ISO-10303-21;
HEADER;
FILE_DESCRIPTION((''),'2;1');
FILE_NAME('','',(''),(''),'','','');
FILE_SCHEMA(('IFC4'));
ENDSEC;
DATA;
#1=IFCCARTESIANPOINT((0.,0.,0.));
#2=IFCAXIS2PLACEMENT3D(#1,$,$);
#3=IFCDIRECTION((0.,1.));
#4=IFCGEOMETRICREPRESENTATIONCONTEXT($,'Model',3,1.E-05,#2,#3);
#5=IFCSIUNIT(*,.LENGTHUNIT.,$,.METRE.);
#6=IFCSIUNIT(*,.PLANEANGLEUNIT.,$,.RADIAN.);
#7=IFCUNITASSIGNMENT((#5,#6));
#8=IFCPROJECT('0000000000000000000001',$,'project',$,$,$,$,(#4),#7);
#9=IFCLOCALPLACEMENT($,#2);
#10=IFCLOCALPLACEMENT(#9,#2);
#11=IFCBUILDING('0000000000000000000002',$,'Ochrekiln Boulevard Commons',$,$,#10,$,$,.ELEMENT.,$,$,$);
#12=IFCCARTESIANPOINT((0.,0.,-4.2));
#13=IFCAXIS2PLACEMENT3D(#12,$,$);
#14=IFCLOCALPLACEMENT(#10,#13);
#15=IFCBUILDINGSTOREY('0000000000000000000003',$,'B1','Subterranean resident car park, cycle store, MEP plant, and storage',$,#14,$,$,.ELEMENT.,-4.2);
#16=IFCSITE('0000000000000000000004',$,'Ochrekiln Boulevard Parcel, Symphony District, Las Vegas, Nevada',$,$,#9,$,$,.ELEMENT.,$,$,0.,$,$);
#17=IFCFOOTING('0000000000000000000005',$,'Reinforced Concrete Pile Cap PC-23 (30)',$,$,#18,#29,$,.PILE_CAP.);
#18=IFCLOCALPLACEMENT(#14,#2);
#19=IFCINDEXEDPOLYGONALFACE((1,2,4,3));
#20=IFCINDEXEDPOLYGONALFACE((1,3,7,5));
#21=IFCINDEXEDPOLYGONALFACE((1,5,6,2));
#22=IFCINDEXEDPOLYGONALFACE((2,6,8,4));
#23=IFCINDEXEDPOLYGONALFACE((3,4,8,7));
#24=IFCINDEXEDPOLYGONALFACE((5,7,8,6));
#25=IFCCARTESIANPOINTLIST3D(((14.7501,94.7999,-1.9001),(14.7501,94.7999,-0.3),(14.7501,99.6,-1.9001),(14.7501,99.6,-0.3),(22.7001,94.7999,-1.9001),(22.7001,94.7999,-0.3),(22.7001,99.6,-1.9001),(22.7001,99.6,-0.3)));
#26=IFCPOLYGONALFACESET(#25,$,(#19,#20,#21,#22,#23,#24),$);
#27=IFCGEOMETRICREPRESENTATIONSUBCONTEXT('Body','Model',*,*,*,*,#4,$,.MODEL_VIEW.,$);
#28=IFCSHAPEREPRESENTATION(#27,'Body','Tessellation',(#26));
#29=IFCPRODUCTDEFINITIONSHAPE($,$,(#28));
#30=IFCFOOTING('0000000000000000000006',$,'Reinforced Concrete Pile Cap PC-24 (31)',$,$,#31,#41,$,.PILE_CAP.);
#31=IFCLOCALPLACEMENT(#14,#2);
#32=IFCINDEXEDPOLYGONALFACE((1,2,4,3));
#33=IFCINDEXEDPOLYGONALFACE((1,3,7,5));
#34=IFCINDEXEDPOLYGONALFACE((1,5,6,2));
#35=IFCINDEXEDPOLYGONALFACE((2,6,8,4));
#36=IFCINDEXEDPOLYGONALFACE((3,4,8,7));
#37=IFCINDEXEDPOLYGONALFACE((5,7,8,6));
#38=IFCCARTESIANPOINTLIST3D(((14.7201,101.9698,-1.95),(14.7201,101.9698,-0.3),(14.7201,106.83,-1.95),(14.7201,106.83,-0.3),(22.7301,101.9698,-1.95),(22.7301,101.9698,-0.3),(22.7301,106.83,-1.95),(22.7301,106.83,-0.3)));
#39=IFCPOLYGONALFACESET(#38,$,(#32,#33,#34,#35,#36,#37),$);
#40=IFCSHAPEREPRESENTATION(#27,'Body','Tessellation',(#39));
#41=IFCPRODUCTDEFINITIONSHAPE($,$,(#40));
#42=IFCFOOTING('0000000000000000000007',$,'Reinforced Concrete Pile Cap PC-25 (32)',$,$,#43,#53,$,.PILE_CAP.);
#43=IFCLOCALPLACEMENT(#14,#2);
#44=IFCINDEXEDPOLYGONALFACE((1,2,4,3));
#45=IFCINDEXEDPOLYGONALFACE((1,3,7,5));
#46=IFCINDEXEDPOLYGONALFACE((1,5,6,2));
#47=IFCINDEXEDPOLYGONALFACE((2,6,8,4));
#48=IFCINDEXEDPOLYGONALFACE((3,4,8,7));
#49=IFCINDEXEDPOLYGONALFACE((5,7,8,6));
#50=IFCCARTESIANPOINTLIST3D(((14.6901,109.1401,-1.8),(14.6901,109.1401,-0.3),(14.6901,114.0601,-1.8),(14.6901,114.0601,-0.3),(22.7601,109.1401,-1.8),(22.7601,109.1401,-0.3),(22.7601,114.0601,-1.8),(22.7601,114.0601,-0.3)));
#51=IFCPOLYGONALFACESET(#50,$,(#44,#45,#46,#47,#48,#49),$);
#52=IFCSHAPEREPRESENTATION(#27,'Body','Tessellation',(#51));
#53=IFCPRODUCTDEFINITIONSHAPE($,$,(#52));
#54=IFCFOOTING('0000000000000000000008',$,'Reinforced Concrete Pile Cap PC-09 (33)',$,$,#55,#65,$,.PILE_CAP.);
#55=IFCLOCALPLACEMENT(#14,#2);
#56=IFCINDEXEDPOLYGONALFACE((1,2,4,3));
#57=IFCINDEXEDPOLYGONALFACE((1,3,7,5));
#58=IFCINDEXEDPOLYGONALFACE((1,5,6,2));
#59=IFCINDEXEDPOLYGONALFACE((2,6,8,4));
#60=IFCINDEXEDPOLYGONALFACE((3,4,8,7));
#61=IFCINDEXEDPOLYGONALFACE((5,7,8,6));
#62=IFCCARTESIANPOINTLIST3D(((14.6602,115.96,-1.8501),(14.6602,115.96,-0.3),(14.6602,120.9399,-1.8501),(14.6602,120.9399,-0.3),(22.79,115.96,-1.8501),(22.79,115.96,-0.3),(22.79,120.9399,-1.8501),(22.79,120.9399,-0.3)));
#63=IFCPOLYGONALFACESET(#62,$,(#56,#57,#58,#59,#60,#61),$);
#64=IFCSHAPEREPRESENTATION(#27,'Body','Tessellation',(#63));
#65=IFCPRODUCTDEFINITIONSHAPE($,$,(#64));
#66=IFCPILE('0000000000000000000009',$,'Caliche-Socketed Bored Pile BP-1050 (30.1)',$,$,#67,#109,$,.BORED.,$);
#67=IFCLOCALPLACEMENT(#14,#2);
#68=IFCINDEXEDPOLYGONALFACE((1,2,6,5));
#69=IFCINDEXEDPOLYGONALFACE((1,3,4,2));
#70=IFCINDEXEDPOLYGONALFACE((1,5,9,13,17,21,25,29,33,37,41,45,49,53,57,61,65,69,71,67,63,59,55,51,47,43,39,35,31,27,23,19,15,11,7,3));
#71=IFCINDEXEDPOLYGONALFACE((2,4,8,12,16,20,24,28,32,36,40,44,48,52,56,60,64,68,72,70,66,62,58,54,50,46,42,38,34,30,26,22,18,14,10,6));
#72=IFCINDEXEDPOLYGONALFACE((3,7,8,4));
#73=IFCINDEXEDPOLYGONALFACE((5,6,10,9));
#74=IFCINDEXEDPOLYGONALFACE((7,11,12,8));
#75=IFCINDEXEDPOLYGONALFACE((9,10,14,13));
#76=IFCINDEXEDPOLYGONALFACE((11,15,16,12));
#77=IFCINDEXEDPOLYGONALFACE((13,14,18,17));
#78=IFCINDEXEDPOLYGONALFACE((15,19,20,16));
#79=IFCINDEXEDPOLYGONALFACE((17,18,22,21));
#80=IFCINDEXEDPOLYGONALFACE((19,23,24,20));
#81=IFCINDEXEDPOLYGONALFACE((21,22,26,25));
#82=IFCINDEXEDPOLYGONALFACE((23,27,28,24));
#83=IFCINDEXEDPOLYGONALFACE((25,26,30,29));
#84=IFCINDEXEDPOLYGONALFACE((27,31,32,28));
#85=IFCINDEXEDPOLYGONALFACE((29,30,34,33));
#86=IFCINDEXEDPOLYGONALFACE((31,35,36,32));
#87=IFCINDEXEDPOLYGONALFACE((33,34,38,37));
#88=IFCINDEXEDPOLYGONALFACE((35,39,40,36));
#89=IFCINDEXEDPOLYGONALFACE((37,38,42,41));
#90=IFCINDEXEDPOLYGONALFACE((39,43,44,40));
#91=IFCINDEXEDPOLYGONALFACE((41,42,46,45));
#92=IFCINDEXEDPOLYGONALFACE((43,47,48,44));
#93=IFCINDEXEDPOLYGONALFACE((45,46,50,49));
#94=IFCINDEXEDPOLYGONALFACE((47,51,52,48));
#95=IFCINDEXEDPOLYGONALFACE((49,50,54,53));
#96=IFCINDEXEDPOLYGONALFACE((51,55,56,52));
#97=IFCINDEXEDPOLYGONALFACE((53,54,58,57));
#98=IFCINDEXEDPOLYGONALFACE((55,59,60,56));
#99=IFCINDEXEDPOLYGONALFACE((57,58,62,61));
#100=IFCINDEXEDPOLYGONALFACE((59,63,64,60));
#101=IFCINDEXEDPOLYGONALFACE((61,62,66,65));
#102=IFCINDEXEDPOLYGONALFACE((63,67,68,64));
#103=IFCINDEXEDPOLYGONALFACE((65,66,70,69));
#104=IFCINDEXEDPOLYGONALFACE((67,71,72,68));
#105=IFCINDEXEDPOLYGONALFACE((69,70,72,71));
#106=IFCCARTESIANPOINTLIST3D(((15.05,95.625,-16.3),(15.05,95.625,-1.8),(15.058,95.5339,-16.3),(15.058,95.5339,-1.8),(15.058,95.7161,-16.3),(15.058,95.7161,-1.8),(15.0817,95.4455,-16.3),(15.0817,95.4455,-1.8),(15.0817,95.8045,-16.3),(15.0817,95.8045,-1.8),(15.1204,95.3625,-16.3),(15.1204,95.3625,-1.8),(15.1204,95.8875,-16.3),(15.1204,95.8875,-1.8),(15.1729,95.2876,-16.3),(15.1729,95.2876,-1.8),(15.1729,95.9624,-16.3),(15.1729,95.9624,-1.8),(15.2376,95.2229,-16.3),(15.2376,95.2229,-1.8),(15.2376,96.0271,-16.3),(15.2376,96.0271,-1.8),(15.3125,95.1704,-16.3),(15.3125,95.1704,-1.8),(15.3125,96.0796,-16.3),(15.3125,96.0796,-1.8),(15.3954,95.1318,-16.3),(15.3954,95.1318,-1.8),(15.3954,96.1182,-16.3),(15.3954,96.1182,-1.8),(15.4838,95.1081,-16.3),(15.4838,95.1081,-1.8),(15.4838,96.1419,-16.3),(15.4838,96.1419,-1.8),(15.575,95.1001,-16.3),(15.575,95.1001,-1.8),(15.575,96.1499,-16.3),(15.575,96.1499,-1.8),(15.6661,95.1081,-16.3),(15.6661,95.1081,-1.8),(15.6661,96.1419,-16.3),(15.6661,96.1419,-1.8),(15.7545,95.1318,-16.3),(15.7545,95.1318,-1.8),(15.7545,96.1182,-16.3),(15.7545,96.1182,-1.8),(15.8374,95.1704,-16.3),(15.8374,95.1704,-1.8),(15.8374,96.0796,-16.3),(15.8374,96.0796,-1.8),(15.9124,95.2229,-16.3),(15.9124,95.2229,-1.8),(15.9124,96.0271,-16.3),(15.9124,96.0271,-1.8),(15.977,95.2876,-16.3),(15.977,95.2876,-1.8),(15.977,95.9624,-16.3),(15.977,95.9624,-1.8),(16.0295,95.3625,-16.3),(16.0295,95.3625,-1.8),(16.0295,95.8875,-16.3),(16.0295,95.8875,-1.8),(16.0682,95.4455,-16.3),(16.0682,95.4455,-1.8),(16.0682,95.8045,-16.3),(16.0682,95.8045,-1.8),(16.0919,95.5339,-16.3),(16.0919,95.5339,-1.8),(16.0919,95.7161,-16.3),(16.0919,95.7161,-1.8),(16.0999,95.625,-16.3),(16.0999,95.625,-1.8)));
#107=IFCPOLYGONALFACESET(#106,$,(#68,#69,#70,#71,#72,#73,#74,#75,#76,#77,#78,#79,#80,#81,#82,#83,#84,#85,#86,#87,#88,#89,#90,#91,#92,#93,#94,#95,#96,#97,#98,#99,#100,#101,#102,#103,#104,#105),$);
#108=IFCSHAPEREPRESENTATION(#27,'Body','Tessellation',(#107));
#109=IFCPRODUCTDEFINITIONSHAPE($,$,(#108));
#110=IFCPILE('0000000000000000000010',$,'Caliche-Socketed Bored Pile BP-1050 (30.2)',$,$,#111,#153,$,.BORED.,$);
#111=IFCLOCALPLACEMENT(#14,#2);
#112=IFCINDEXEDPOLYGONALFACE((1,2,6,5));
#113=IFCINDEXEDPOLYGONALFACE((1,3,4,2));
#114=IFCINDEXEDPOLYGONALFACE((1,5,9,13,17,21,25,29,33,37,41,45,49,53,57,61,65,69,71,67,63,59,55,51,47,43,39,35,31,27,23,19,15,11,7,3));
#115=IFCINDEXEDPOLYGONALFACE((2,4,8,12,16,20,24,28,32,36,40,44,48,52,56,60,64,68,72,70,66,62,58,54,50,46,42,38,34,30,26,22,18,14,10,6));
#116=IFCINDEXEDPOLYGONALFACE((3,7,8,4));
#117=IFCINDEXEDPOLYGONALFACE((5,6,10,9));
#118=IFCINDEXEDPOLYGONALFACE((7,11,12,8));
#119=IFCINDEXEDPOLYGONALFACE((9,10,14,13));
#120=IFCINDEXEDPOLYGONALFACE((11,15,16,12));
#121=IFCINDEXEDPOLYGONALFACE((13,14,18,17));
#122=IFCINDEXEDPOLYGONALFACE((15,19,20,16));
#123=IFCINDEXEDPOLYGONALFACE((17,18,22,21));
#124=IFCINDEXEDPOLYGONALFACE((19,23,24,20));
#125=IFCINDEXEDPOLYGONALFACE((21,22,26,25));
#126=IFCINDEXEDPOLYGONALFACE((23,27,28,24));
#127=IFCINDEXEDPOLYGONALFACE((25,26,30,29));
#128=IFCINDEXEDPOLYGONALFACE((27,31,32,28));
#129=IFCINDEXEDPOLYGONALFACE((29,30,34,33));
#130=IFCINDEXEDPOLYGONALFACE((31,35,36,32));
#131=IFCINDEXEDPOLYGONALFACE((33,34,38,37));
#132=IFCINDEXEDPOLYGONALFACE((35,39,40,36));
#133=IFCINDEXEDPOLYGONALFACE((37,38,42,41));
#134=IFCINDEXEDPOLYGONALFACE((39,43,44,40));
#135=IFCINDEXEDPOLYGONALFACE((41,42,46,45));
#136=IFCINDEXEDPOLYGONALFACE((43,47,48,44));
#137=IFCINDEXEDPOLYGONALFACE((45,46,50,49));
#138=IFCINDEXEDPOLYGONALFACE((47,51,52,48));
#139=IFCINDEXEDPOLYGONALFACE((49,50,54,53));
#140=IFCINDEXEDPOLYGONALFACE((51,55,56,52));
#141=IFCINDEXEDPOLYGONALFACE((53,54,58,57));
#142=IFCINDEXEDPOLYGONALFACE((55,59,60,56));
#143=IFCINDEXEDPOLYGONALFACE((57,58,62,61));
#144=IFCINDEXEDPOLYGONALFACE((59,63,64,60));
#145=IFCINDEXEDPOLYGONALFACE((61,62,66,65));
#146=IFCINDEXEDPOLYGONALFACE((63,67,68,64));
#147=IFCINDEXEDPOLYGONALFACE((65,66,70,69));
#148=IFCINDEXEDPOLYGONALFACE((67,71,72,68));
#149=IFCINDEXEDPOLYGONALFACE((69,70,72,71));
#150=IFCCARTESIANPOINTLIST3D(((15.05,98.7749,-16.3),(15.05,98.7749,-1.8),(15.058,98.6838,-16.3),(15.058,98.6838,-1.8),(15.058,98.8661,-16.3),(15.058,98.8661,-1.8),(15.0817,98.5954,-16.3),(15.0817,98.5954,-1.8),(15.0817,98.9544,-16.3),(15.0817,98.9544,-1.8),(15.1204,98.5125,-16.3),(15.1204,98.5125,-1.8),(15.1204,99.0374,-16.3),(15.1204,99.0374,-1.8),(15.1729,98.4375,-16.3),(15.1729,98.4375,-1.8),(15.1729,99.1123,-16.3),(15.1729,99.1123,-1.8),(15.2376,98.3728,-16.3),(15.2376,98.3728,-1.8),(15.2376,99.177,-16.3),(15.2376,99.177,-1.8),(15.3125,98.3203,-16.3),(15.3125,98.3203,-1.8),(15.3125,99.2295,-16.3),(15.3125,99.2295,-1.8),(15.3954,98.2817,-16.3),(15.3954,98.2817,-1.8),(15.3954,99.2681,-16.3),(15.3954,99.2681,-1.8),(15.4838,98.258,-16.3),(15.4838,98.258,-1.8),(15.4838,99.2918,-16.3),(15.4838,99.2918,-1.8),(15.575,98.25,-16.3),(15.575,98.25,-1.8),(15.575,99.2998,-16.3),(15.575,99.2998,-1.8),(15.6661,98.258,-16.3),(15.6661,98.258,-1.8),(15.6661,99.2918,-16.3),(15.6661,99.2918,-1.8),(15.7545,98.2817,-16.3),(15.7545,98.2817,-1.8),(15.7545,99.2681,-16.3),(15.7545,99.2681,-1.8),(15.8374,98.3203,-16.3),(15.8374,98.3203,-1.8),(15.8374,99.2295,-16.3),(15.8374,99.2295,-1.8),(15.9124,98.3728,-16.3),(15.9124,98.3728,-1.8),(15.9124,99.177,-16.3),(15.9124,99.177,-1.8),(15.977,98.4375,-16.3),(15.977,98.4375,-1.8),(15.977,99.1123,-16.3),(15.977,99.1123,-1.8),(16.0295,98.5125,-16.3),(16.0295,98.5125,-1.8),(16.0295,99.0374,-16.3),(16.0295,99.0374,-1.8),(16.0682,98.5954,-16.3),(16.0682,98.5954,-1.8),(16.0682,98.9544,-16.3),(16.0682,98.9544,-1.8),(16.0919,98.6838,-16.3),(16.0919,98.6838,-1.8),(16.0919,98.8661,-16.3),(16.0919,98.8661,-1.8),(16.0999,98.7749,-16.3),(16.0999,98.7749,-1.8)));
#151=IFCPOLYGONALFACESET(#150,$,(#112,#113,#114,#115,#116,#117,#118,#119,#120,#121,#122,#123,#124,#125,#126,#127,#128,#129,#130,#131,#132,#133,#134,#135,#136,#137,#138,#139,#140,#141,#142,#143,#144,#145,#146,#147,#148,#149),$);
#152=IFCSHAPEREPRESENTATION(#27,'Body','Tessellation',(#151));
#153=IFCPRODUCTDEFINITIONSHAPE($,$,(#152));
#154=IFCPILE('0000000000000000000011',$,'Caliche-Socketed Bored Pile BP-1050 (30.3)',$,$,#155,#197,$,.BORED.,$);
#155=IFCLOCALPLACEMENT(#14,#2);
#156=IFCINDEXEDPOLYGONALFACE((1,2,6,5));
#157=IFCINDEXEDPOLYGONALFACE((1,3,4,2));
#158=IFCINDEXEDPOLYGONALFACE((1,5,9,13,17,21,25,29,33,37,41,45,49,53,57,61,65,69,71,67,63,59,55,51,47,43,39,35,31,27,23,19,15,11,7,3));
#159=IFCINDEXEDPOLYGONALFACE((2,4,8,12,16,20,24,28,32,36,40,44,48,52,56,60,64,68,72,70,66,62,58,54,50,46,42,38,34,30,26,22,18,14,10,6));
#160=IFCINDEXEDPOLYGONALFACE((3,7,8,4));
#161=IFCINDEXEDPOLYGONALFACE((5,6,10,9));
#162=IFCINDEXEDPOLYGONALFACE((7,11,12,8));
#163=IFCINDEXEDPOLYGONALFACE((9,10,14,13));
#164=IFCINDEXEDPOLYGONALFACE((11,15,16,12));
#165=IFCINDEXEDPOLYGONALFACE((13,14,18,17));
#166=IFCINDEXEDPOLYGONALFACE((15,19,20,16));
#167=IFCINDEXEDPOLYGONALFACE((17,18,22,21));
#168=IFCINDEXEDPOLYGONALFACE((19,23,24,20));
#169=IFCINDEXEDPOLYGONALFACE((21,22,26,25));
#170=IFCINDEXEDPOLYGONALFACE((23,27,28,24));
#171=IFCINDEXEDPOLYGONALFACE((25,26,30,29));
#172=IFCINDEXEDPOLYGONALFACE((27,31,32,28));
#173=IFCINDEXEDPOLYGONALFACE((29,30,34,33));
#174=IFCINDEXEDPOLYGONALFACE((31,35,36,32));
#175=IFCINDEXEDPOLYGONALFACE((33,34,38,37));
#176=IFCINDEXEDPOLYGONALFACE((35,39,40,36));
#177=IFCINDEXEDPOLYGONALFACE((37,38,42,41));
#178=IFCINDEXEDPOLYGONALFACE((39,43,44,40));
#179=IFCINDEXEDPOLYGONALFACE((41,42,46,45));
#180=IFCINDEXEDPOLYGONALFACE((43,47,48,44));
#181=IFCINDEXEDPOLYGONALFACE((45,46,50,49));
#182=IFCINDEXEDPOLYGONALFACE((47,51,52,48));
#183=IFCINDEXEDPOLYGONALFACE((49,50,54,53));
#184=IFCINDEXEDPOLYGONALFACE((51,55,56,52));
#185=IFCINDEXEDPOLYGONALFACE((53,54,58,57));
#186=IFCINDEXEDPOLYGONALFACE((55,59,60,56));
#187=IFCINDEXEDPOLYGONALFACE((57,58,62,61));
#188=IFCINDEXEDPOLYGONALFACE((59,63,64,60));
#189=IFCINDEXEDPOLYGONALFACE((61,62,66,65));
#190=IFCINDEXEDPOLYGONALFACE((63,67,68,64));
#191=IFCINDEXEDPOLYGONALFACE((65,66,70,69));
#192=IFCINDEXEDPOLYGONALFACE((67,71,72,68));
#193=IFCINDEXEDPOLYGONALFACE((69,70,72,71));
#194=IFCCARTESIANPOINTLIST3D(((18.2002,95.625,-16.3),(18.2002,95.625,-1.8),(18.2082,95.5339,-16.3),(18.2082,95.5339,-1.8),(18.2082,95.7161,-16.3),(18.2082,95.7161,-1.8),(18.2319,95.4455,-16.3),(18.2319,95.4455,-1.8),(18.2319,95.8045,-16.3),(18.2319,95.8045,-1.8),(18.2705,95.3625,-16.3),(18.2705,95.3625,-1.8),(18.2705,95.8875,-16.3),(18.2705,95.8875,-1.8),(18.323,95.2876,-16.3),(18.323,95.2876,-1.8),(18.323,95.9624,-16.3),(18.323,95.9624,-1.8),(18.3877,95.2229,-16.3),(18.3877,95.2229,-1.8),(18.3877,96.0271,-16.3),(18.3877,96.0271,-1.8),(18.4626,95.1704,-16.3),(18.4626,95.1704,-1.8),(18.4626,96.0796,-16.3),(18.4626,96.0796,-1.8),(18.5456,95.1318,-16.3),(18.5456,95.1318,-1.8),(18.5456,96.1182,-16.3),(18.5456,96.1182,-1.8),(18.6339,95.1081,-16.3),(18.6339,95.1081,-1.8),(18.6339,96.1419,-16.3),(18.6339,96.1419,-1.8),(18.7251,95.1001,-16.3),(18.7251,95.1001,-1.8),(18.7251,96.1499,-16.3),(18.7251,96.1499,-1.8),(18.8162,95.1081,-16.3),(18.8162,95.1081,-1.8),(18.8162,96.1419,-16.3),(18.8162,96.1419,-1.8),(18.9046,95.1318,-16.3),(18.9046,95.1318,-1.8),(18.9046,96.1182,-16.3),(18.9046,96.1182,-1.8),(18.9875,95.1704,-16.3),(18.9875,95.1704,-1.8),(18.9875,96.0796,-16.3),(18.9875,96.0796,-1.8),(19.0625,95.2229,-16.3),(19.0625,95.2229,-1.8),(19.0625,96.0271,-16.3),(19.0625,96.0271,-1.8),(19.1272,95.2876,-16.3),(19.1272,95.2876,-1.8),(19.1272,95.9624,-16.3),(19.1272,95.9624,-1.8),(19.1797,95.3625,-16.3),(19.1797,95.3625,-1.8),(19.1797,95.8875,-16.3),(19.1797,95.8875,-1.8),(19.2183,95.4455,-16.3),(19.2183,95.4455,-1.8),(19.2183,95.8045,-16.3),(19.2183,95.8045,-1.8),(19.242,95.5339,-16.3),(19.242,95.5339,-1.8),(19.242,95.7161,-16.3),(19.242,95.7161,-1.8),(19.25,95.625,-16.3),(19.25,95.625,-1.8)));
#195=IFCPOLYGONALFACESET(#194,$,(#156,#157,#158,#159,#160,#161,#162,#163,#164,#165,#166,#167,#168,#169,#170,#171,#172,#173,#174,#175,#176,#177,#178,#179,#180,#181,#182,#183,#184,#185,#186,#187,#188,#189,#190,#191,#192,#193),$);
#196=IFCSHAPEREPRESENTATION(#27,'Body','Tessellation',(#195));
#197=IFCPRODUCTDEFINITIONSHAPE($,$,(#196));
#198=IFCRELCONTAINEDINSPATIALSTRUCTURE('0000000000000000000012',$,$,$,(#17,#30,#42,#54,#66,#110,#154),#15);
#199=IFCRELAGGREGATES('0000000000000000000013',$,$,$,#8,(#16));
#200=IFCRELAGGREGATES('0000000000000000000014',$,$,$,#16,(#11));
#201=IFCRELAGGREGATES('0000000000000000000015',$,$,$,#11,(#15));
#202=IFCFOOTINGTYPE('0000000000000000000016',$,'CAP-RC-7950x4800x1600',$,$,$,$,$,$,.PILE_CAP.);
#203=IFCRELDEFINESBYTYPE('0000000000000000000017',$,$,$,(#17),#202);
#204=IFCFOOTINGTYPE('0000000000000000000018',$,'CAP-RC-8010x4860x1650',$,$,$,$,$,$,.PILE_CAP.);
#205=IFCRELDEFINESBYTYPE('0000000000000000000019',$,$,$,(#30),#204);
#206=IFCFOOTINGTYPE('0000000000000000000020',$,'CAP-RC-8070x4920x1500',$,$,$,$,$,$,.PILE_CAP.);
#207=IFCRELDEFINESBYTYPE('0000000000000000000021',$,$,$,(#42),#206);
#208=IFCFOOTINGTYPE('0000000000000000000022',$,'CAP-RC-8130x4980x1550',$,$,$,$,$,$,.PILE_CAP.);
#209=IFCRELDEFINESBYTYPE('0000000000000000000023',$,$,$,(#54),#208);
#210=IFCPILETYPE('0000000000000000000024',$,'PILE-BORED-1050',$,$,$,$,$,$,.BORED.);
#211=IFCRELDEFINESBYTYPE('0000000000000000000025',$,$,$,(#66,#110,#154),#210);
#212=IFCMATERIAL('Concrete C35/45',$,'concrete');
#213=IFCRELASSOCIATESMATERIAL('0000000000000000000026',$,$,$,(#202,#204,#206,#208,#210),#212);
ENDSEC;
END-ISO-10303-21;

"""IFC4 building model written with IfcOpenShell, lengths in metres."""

from ifc_helpers import new_model, si_unit, direction, frame, origin, origin_2d, place, context, subcontext, project, spatial, rectangle, circle, extrude, material, material_profile, profile_set, type_object, element, save


model = new_model("IFC4")

# Units and contexts
model_context = context("Model", 3, precision=1e-05, world=origin(), true_north=direction((0.0, 1.0)))
body_context = subcontext(model_context, "Body", "Model", "MODEL_VIEW")
ifc_project = project(units=[si_unit("LENGTHUNIT", "METRE"), si_unit("PLANEANGLEUNIT", "RADIAN")], contexts=[model_context])

# Site, building, storey
site_placement = place(None, origin())
site = spatial("IfcSite", under=ifc_project, at=site_placement, Name="Ochrekiln Boulevard Parcel, Symphony District, Las Vegas, Nevada", CompositionType="ELEMENT", RefElevation=0.0)
building_placement = place(site_placement, origin())
building = spatial("IfcBuilding", under=site, at=building_placement, Name="Ochrekiln Boulevard Commons", CompositionType="ELEMENT")
storey_placement = place(building_placement, frame((0.0, 0.0, -4.2)))
storey = spatial("IfcBuildingStorey", under=building, at=storey_placement, Name="B1", Description="Subterranean resident car park, cycle store, MEP plant, and storage", CompositionType="ELEMENT", Elevation=-4.2)

# Footings
ifc_material_1 = material(Name="Concrete C35/45", Category="concrete")
footing_type_1 = type_object("IfcFootingType", Name="CAP-RC-7950x4800x1600", PredefinedType="PILE_CAP", material=ifc_material_1)
footing_1_placement = place(storey_placement, frame((18.7251, 97.2, -1.9001), z_axis=(0.0, 0.0, 1.0), x_axis=(1.0, 0.0, 0.0)))
element("IfcFooting", 1, at=footing_1_placement, inside=storey, type_object=footing_type_1, Name="Reinforced Concrete Pile Cap PC-23 (30)", PredefinedType="PILE_CAP", context=body_context, shape_type="SweptSolid", body=[
    extrude(rectangle(XDim=7.95, YDim=4.8, at=origin_2d()), origin(), (0.0, 0.0, 1.0), 1.6001),
])
footing_type_2 = type_object("IfcFootingType", Name="CAP-RC-8010x4860x1650", PredefinedType="PILE_CAP", material=ifc_material_1)
footing_2_placement = place(storey_placement, frame((18.7251, 104.3999, -1.95), z_axis=(0.0, 0.0, 1.0), x_axis=(1.0, 0.0, 0.0)))
element("IfcFooting", 2, at=footing_2_placement, inside=storey, type_object=footing_type_2, Name="Reinforced Concrete Pile Cap PC-24 (31)", PredefinedType="PILE_CAP", context=body_context, shape_type="SweptSolid", body=[
    extrude(rectangle(XDim=8.01, YDim=4.8601, at=origin_2d()), origin(), (0.0, 0.0, 1.0), 1.6499),
])
footing_type_3 = type_object("IfcFootingType", Name="CAP-RC-8070x4920x1500", PredefinedType="PILE_CAP", material=ifc_material_1)
footing_3_placement = place(storey_placement, frame((18.7251, 111.6001, -1.8), z_axis=(0.0, 0.0, 1.0), x_axis=(1.0, 0.0, 0.0)))
element("IfcFooting", 3, at=footing_3_placement, inside=storey, type_object=footing_type_3, Name="Reinforced Concrete Pile Cap PC-25 (32)", PredefinedType="PILE_CAP", context=body_context, shape_type="SweptSolid", body=[
    extrude(rectangle(XDim=8.0701, YDim=4.9199, at=origin_2d()), origin(), (0.0, 0.0, 1.0), 1.5),
])
footing_type_4 = type_object("IfcFootingType", Name="CAP-RC-8130x4980x1550", PredefinedType="PILE_CAP", material=ifc_material_1)
footing_4_placement = place(storey_placement, frame((18.7251, 118.45, -1.8501), z_axis=(0.0, 0.0, 1.0), x_axis=(1.0, 0.0, 0.0)))
element("IfcFooting", 4, at=footing_4_placement, inside=storey, type_object=footing_type_4, Name="Reinforced Concrete Pile Cap PC-09 (33)", PredefinedType="PILE_CAP", context=body_context, shape_type="SweptSolid", body=[
    extrude(rectangle(XDim=8.1299, YDim=4.98, at=origin_2d()), origin(), (0.0, 0.0, 1.0), 1.55),
])

# Piles
ifc_material_profile_1 = material_profile(ifc_material_1, circle(Radius=0.5249, at=origin_2d()), Name="PILE-D1050")
ifc_profile_set_1 = profile_set([ifc_material_profile_1], Name="Concrete C35/45")
pile_type = type_object("IfcPileType", Name="PILE-BORED-1050", PredefinedType="BORED", material=ifc_profile_set_1)
for number, where, z_axis, x_axis, name in (
    (5, (15.575, 95.625, -1.8), (0.0, 0.0, -1.0), (1.0, 0.0, 0.0), "Caliche-Socketed Bored Pile BP-1050 (30.1)"),
    (6, (15.575, 98.7749, -1.8), (0.0, 0.0, -1.0), (1.0, 0.0, 0.0), "Caliche-Socketed Bored Pile BP-1050 (30.2)"),
    (7, (18.7251, 95.625, -1.8), (0.0, 0.0, -1.0), (1.0, 0.0, 0.0), "Caliche-Socketed Bored Pile BP-1050 (30.3)"),
):
    element("IfcPile", number, at=place(storey_placement, frame(where, z_axis=z_axis, x_axis=x_axis)), inside=storey, type_object=pile_type, Name=name, PredefinedType="BORED", context=body_context, shape_type="SweptSolid", body=[
        extrude(circle(Radius=0.5249, at=origin_2d()), origin(), (0.0, 0.0, 1.0), 14.5),
    ])

save(model, "model.ifc")
